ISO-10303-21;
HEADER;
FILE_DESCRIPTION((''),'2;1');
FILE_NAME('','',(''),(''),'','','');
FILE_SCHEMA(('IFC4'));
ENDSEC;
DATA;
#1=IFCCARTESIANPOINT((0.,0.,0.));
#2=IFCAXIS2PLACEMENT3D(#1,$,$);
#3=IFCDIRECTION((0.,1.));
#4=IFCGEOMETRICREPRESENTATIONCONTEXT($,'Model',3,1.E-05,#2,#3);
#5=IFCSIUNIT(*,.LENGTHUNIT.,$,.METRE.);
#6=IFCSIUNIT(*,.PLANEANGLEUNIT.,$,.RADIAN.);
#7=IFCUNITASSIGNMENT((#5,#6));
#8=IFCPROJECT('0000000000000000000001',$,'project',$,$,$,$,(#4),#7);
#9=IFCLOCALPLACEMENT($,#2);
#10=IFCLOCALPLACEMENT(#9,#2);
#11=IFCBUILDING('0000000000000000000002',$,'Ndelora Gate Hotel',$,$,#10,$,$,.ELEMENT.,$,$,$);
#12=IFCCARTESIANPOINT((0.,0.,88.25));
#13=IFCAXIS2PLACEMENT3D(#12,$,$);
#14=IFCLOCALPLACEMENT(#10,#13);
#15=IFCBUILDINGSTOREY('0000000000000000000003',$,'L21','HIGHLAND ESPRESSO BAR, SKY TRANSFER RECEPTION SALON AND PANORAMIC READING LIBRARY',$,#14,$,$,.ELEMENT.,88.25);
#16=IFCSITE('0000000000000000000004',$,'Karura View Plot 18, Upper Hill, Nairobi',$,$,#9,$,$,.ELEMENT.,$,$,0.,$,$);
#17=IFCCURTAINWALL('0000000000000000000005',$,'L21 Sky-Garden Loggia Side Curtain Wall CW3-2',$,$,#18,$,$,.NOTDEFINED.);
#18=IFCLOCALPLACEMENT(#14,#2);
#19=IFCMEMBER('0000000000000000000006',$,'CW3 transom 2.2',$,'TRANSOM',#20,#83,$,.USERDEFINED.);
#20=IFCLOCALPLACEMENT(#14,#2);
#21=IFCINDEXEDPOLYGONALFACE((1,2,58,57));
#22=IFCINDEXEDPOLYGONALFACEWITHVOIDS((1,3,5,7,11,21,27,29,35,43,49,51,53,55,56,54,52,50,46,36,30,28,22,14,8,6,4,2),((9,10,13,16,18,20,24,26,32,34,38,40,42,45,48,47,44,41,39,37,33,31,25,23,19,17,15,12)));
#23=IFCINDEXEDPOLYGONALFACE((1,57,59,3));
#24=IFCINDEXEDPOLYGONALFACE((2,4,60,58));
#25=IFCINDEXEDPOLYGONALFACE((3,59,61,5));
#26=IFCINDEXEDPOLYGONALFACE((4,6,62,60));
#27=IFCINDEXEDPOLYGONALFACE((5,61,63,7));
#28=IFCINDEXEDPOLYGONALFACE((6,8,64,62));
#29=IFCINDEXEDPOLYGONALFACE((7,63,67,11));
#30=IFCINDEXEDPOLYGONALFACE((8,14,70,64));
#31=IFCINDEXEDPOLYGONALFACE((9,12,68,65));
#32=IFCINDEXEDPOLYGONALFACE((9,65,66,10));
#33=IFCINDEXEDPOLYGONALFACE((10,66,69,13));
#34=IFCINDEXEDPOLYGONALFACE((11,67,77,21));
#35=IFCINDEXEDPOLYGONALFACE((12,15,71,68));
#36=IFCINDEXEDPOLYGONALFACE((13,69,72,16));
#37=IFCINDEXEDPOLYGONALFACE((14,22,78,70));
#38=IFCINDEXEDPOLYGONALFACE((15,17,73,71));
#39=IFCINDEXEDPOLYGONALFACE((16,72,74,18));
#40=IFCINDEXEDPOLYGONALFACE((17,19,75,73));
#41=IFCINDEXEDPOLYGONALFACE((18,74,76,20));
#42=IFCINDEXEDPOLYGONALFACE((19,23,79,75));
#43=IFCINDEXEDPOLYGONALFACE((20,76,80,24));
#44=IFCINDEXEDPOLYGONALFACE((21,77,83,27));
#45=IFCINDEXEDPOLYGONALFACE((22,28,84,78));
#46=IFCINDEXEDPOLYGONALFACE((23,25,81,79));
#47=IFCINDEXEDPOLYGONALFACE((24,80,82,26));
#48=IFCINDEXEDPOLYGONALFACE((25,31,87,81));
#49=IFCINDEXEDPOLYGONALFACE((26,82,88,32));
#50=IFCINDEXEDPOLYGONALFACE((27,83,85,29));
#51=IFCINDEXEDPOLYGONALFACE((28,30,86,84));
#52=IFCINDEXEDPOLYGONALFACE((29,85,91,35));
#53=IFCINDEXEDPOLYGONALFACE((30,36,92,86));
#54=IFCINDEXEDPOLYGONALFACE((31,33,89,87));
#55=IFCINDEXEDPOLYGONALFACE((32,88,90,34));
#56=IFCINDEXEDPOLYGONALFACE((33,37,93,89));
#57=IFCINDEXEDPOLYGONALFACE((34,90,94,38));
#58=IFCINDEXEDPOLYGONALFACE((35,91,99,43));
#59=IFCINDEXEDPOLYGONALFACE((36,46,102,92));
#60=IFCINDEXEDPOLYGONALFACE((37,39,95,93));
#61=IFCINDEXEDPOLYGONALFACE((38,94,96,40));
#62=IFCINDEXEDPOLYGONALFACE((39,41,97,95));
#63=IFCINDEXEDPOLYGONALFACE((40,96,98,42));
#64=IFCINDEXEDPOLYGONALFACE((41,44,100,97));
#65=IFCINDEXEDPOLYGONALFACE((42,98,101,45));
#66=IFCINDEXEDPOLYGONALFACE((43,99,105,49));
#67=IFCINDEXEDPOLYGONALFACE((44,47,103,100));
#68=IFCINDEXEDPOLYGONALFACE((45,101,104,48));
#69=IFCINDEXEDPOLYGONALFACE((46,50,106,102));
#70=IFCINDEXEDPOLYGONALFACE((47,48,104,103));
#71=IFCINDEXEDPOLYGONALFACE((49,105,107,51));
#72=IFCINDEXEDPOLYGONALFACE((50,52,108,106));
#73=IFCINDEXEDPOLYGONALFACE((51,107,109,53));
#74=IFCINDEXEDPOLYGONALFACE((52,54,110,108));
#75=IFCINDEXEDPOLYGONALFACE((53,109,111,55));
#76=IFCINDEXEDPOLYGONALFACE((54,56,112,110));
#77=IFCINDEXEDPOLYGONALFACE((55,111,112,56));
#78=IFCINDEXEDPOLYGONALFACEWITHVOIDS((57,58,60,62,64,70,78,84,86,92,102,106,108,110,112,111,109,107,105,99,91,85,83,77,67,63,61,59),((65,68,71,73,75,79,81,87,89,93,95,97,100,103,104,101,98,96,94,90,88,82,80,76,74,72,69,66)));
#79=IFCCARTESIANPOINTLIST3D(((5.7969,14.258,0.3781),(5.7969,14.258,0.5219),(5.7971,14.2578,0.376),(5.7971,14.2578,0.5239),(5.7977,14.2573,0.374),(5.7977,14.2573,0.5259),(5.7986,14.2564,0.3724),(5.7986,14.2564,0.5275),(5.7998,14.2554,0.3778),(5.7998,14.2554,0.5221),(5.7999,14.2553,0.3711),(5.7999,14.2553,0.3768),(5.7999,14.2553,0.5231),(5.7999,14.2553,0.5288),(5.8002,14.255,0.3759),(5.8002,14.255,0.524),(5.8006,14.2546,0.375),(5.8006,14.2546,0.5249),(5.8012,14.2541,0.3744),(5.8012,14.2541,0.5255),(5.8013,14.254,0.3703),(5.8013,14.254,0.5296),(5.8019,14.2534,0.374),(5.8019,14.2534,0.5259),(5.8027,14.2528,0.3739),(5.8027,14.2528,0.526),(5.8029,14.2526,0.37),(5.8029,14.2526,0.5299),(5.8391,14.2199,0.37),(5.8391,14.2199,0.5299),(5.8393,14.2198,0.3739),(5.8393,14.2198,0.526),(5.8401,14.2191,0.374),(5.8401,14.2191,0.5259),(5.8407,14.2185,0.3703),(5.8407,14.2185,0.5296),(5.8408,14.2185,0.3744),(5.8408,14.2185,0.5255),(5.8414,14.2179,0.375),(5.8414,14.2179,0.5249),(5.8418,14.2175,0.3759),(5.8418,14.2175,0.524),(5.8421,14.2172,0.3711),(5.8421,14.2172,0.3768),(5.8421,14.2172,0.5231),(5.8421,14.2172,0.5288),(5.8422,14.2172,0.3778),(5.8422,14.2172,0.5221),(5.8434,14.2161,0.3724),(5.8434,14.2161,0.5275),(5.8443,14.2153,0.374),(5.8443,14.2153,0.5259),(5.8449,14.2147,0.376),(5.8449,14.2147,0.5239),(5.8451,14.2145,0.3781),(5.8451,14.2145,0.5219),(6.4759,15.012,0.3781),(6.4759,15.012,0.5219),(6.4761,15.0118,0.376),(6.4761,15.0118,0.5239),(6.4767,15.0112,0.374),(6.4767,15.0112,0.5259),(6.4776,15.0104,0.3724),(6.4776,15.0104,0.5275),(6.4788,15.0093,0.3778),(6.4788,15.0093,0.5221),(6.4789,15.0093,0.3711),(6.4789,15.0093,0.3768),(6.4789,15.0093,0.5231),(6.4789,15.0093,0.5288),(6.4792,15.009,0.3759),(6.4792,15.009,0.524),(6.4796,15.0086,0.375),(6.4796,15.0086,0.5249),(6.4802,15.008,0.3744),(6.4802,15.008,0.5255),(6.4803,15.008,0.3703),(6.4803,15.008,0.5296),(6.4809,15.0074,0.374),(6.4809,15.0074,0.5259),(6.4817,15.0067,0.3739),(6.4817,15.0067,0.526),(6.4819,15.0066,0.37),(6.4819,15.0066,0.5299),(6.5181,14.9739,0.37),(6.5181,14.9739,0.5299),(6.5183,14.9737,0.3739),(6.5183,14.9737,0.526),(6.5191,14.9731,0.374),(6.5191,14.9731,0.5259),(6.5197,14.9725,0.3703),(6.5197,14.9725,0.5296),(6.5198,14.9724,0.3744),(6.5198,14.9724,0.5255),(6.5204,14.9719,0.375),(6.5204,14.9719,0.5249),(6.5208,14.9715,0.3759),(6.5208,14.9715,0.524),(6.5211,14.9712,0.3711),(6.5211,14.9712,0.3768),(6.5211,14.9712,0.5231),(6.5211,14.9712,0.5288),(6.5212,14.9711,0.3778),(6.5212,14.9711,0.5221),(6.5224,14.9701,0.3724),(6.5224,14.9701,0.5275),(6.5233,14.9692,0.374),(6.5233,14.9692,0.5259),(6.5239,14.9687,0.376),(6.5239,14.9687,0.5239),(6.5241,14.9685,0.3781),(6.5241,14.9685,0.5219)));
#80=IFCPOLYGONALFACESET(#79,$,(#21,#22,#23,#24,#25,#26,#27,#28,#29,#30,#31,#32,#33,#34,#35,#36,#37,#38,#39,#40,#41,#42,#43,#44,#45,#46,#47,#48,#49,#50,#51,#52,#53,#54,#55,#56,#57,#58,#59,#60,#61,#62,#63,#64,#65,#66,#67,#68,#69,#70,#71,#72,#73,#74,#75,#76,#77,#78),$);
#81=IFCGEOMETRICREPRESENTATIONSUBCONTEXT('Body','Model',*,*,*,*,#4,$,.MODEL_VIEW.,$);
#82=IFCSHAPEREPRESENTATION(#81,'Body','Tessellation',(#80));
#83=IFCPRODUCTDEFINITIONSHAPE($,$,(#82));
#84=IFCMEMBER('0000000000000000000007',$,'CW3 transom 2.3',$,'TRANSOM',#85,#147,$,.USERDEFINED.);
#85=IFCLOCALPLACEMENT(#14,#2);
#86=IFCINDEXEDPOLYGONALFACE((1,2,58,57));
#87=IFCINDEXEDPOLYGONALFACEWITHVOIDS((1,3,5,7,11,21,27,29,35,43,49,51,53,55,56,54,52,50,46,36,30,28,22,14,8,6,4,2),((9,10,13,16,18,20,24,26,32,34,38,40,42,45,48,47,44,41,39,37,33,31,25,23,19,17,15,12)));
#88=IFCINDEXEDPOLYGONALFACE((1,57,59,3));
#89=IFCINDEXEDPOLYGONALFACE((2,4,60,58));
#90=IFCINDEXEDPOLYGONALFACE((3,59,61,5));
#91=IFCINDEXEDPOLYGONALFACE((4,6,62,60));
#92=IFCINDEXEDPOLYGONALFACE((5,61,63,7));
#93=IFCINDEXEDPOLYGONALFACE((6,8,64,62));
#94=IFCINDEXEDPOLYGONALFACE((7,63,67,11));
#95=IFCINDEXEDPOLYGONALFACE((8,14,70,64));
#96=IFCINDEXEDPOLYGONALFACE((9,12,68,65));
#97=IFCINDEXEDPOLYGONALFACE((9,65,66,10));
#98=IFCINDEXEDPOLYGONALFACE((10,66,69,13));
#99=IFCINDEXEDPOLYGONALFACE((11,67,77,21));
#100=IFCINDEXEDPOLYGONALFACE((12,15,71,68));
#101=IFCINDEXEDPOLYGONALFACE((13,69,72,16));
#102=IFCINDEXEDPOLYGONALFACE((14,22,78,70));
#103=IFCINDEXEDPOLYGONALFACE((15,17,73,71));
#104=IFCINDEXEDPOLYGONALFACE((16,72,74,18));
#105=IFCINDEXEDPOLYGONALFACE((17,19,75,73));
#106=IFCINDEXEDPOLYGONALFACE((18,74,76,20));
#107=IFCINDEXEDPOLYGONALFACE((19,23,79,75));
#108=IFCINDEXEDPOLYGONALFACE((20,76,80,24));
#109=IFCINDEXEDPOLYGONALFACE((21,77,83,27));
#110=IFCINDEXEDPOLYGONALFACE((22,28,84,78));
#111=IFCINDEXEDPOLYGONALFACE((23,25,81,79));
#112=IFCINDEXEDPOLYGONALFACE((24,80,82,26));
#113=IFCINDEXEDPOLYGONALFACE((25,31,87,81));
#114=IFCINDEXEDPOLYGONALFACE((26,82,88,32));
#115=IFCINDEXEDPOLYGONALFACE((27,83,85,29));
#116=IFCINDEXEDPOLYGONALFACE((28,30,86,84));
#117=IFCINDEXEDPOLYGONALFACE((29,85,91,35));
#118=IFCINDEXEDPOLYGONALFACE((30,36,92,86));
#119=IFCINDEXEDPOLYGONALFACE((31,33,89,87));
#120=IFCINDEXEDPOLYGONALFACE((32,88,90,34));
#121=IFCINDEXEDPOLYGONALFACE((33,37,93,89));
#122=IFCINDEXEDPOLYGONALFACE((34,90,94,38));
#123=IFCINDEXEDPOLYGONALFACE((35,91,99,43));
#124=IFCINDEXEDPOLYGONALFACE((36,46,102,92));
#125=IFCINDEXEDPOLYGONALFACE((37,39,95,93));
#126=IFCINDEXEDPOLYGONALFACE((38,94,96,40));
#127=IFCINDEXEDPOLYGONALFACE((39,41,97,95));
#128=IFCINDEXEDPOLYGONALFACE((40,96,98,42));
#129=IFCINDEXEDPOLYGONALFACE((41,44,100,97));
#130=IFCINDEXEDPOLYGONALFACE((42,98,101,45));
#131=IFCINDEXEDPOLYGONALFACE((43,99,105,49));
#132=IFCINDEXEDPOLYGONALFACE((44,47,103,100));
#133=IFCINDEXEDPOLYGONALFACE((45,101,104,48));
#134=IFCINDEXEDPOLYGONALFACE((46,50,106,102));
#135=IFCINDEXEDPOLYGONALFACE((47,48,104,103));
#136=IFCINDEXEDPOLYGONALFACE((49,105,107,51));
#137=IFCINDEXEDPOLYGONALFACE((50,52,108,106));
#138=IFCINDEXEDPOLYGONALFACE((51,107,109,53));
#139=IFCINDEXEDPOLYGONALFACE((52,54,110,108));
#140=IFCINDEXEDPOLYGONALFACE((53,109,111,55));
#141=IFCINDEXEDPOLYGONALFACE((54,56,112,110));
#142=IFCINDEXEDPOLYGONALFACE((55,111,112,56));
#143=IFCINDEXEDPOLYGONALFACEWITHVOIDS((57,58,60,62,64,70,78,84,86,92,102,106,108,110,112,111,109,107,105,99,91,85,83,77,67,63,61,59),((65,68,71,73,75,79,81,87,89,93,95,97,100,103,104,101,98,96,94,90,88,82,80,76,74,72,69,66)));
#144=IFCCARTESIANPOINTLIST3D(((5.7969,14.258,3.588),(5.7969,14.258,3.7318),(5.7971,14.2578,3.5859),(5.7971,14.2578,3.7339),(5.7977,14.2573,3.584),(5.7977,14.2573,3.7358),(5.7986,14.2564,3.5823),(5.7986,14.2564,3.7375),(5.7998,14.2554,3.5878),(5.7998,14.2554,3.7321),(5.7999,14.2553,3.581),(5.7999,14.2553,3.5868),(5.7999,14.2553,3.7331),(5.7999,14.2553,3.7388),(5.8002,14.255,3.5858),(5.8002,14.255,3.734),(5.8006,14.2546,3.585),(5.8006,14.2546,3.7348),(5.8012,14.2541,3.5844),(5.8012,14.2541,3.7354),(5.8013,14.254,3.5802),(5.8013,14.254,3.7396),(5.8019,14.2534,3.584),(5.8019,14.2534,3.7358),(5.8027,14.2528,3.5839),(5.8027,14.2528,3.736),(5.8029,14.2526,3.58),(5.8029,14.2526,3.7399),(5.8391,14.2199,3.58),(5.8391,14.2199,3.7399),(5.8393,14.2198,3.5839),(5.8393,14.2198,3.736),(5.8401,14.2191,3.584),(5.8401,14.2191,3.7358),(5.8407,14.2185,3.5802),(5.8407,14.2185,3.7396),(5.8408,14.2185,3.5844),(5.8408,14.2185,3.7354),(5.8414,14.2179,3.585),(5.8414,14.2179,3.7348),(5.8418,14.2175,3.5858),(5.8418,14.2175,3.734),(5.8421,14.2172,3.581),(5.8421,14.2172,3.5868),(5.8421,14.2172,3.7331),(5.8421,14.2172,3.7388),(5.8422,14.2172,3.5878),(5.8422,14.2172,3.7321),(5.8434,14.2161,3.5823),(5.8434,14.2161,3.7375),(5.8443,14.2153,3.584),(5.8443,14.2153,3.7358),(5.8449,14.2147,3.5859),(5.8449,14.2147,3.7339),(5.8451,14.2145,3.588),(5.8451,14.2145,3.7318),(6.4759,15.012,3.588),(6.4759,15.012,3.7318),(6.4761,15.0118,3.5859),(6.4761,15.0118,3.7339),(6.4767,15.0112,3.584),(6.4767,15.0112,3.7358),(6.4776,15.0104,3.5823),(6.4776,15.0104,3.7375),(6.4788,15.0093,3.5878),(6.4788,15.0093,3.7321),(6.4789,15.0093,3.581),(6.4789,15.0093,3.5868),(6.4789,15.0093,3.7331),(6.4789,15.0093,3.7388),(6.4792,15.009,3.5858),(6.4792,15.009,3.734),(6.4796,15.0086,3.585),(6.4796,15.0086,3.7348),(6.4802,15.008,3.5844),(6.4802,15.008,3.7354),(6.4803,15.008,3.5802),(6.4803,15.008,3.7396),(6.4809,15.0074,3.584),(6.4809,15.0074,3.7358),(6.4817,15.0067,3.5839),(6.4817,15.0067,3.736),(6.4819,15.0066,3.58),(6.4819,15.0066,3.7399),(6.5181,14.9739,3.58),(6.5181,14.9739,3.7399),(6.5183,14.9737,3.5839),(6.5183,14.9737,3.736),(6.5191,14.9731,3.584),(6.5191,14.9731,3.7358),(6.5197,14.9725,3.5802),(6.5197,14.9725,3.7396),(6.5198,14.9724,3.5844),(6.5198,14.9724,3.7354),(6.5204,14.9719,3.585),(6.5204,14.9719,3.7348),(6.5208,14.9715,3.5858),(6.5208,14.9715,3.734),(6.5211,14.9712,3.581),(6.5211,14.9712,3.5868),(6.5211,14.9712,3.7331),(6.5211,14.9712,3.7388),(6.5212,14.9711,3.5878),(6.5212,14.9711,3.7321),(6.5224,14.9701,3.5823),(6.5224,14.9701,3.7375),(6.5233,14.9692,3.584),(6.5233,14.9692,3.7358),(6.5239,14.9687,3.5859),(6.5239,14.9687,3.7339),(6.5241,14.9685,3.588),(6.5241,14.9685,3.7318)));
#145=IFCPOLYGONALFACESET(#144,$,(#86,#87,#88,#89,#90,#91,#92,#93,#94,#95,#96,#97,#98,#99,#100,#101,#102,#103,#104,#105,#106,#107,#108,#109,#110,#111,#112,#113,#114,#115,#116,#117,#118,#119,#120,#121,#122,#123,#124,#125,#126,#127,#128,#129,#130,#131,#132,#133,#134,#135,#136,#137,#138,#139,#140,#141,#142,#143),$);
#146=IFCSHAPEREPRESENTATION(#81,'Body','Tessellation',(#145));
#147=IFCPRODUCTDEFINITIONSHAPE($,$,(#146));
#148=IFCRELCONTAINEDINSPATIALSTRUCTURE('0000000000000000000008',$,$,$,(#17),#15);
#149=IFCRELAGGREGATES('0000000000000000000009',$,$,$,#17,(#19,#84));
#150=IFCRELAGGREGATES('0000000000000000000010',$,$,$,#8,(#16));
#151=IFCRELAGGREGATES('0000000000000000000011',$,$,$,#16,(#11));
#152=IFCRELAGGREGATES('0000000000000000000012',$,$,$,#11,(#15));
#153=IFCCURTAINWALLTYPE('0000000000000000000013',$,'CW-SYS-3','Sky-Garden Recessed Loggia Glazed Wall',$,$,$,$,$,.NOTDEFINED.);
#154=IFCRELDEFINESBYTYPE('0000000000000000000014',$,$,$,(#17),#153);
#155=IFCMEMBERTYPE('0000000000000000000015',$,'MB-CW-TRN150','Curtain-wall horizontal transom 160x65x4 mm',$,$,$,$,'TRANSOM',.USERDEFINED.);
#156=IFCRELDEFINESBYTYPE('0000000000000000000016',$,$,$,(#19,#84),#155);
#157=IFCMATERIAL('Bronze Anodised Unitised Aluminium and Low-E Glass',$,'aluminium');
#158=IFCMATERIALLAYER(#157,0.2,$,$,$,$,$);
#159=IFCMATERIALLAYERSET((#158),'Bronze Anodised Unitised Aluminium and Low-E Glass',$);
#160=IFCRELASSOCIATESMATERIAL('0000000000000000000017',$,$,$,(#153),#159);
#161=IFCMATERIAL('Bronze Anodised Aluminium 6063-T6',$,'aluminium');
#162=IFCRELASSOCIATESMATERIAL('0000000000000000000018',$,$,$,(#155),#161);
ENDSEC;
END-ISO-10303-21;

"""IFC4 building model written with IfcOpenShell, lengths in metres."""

from ifc_helpers import new_model, si_unit, direction, frame, origin, origin_2d, place, context, subcontext, project, spatial, hollow_rectangle, extrude, material, layer, layer_set, material_profile, profile_set, type_object, element, aggregate, save


model = new_model("IFC4")

# Units and contexts
model_context = context("Model", 3, precision=1e-05, world=origin(), true_north=direction((0.0, 1.0)))
body_context = subcontext(model_context, "Body", "Model", "MODEL_VIEW")
ifc_project = project(units=[si_unit("LENGTHUNIT", "METRE"), si_unit("PLANEANGLEUNIT", "RADIAN")], contexts=[model_context])

# Site, building, storey
site_placement = place(None, origin())
site = spatial("IfcSite", under=ifc_project, at=site_placement, Name="Karura View Plot 18, Upper Hill, Nairobi", CompositionType="ELEMENT", RefElevation=0.0)
building_placement = place(site_placement, origin())
building = spatial("IfcBuilding", under=site, at=building_placement, Name="Ndelora Gate Hotel", CompositionType="ELEMENT")
storey_placement = place(building_placement, frame((0.0, 0.0, 88.25)))
storey = spatial("IfcBuildingStorey", under=building, at=storey_placement, Name="L21", Description="HIGHLAND ESPRESSO BAR, SKY TRANSFER RECEPTION SALON AND PANORAMIC READING LIBRARY", CompositionType="ELEMENT", Elevation=88.25)

# Curtain wall, members
ifc_material_1 = material(Name="Bronze Anodised Unitised Aluminium and Low-E Glass", Category="aluminium")
ifc_layer_1 = layer(ifc_material_1, 0.2)
ifc_layer_set_1 = layer_set([ifc_layer_1], Name="Bronze Anodised Unitised Aluminium and Low-E Glass")
curtain_wall_type = type_object("IfcCurtainWallType", Name="CW-SYS-3", Description="Sky-Garden Recessed Loggia Glazed Wall", PredefinedType="NOTDEFINED", material=ifc_layer_set_1)
curtain_wall_placement = place(storey_placement, origin())
curtain_wall = element("IfcCurtainWall", 1, at=curtain_wall_placement, inside=storey, type_object=curtain_wall_type, Name="L21 Sky-Garden Loggia Side Curtain Wall CW3-2", PredefinedType="NOTDEFINED")
ifc_material_2 = material(Name="Bronze Anodised Aluminium 6063-T6", Category="aluminium")
ifc_material_profile_1 = material_profile(ifc_material_2, hollow_rectangle(XDim=0.0649, YDim=0.1599, WallThickness=0.0039, InnerFilletRadius=0.0039, OuterFilletRadius=0.0081, at=origin_2d()), Name="ALU 160x65x4")
ifc_profile_set_1 = profile_set([ifc_material_profile_1], Name="Bronze Anodised Aluminium 6063-T6")
member_type_1 = type_object("IfcMemberType", Name="MB-CW-TRN150", Description="Curtain-wall horizontal transom 160x65x4 mm", ElementType="TRANSOM", PredefinedType="USERDEFINED", material=ifc_profile_set_1)
member_1_placement = place(storey_placement, frame((6.5, 14.9902, 0.45), z_axis=(-0.669204, -0.743079, 0.0), x_axis=(0.743079, -0.669204, 0.0)))
member_1 = element("IfcMember", 2, at=member_1_placement, type_object=member_type_1, Name="CW3 transom 2.2", ObjectType="TRANSOM", PredefinedType="USERDEFINED", context=body_context, shape_type="SweptSolid", body=[
    extrude(hollow_rectangle(XDim=0.0649, YDim=0.1599, WallThickness=0.0039, InnerFilletRadius=0.0039, OuterFilletRadius=0.0081, at=origin_2d()), origin(), (0.0, 0.0, 1.0), 1.0146),
])
member_2_placement = place(storey_placement, frame((6.5, 14.9902, 3.6599), z_axis=(-0.669204, -0.743079, 0.0), x_axis=(0.743079, -0.669204, 0.0)))
member_2 = element("IfcMember", 3, at=member_2_placement, type_object=member_type_1, Name="CW3 transom 2.3", ObjectType="TRANSOM", PredefinedType="USERDEFINED", context=body_context, shape_type="SweptSolid", body=[
    extrude(hollow_rectangle(XDim=0.0649, YDim=0.1599, WallThickness=0.0039, InnerFilletRadius=0.0039, OuterFilletRadius=0.0081, at=origin_2d()), origin(), (0.0, 0.0, 1.0), 1.0146),
])
aggregate(curtain_wall, [member_1, member_2])

save(model, "model.ifc")
